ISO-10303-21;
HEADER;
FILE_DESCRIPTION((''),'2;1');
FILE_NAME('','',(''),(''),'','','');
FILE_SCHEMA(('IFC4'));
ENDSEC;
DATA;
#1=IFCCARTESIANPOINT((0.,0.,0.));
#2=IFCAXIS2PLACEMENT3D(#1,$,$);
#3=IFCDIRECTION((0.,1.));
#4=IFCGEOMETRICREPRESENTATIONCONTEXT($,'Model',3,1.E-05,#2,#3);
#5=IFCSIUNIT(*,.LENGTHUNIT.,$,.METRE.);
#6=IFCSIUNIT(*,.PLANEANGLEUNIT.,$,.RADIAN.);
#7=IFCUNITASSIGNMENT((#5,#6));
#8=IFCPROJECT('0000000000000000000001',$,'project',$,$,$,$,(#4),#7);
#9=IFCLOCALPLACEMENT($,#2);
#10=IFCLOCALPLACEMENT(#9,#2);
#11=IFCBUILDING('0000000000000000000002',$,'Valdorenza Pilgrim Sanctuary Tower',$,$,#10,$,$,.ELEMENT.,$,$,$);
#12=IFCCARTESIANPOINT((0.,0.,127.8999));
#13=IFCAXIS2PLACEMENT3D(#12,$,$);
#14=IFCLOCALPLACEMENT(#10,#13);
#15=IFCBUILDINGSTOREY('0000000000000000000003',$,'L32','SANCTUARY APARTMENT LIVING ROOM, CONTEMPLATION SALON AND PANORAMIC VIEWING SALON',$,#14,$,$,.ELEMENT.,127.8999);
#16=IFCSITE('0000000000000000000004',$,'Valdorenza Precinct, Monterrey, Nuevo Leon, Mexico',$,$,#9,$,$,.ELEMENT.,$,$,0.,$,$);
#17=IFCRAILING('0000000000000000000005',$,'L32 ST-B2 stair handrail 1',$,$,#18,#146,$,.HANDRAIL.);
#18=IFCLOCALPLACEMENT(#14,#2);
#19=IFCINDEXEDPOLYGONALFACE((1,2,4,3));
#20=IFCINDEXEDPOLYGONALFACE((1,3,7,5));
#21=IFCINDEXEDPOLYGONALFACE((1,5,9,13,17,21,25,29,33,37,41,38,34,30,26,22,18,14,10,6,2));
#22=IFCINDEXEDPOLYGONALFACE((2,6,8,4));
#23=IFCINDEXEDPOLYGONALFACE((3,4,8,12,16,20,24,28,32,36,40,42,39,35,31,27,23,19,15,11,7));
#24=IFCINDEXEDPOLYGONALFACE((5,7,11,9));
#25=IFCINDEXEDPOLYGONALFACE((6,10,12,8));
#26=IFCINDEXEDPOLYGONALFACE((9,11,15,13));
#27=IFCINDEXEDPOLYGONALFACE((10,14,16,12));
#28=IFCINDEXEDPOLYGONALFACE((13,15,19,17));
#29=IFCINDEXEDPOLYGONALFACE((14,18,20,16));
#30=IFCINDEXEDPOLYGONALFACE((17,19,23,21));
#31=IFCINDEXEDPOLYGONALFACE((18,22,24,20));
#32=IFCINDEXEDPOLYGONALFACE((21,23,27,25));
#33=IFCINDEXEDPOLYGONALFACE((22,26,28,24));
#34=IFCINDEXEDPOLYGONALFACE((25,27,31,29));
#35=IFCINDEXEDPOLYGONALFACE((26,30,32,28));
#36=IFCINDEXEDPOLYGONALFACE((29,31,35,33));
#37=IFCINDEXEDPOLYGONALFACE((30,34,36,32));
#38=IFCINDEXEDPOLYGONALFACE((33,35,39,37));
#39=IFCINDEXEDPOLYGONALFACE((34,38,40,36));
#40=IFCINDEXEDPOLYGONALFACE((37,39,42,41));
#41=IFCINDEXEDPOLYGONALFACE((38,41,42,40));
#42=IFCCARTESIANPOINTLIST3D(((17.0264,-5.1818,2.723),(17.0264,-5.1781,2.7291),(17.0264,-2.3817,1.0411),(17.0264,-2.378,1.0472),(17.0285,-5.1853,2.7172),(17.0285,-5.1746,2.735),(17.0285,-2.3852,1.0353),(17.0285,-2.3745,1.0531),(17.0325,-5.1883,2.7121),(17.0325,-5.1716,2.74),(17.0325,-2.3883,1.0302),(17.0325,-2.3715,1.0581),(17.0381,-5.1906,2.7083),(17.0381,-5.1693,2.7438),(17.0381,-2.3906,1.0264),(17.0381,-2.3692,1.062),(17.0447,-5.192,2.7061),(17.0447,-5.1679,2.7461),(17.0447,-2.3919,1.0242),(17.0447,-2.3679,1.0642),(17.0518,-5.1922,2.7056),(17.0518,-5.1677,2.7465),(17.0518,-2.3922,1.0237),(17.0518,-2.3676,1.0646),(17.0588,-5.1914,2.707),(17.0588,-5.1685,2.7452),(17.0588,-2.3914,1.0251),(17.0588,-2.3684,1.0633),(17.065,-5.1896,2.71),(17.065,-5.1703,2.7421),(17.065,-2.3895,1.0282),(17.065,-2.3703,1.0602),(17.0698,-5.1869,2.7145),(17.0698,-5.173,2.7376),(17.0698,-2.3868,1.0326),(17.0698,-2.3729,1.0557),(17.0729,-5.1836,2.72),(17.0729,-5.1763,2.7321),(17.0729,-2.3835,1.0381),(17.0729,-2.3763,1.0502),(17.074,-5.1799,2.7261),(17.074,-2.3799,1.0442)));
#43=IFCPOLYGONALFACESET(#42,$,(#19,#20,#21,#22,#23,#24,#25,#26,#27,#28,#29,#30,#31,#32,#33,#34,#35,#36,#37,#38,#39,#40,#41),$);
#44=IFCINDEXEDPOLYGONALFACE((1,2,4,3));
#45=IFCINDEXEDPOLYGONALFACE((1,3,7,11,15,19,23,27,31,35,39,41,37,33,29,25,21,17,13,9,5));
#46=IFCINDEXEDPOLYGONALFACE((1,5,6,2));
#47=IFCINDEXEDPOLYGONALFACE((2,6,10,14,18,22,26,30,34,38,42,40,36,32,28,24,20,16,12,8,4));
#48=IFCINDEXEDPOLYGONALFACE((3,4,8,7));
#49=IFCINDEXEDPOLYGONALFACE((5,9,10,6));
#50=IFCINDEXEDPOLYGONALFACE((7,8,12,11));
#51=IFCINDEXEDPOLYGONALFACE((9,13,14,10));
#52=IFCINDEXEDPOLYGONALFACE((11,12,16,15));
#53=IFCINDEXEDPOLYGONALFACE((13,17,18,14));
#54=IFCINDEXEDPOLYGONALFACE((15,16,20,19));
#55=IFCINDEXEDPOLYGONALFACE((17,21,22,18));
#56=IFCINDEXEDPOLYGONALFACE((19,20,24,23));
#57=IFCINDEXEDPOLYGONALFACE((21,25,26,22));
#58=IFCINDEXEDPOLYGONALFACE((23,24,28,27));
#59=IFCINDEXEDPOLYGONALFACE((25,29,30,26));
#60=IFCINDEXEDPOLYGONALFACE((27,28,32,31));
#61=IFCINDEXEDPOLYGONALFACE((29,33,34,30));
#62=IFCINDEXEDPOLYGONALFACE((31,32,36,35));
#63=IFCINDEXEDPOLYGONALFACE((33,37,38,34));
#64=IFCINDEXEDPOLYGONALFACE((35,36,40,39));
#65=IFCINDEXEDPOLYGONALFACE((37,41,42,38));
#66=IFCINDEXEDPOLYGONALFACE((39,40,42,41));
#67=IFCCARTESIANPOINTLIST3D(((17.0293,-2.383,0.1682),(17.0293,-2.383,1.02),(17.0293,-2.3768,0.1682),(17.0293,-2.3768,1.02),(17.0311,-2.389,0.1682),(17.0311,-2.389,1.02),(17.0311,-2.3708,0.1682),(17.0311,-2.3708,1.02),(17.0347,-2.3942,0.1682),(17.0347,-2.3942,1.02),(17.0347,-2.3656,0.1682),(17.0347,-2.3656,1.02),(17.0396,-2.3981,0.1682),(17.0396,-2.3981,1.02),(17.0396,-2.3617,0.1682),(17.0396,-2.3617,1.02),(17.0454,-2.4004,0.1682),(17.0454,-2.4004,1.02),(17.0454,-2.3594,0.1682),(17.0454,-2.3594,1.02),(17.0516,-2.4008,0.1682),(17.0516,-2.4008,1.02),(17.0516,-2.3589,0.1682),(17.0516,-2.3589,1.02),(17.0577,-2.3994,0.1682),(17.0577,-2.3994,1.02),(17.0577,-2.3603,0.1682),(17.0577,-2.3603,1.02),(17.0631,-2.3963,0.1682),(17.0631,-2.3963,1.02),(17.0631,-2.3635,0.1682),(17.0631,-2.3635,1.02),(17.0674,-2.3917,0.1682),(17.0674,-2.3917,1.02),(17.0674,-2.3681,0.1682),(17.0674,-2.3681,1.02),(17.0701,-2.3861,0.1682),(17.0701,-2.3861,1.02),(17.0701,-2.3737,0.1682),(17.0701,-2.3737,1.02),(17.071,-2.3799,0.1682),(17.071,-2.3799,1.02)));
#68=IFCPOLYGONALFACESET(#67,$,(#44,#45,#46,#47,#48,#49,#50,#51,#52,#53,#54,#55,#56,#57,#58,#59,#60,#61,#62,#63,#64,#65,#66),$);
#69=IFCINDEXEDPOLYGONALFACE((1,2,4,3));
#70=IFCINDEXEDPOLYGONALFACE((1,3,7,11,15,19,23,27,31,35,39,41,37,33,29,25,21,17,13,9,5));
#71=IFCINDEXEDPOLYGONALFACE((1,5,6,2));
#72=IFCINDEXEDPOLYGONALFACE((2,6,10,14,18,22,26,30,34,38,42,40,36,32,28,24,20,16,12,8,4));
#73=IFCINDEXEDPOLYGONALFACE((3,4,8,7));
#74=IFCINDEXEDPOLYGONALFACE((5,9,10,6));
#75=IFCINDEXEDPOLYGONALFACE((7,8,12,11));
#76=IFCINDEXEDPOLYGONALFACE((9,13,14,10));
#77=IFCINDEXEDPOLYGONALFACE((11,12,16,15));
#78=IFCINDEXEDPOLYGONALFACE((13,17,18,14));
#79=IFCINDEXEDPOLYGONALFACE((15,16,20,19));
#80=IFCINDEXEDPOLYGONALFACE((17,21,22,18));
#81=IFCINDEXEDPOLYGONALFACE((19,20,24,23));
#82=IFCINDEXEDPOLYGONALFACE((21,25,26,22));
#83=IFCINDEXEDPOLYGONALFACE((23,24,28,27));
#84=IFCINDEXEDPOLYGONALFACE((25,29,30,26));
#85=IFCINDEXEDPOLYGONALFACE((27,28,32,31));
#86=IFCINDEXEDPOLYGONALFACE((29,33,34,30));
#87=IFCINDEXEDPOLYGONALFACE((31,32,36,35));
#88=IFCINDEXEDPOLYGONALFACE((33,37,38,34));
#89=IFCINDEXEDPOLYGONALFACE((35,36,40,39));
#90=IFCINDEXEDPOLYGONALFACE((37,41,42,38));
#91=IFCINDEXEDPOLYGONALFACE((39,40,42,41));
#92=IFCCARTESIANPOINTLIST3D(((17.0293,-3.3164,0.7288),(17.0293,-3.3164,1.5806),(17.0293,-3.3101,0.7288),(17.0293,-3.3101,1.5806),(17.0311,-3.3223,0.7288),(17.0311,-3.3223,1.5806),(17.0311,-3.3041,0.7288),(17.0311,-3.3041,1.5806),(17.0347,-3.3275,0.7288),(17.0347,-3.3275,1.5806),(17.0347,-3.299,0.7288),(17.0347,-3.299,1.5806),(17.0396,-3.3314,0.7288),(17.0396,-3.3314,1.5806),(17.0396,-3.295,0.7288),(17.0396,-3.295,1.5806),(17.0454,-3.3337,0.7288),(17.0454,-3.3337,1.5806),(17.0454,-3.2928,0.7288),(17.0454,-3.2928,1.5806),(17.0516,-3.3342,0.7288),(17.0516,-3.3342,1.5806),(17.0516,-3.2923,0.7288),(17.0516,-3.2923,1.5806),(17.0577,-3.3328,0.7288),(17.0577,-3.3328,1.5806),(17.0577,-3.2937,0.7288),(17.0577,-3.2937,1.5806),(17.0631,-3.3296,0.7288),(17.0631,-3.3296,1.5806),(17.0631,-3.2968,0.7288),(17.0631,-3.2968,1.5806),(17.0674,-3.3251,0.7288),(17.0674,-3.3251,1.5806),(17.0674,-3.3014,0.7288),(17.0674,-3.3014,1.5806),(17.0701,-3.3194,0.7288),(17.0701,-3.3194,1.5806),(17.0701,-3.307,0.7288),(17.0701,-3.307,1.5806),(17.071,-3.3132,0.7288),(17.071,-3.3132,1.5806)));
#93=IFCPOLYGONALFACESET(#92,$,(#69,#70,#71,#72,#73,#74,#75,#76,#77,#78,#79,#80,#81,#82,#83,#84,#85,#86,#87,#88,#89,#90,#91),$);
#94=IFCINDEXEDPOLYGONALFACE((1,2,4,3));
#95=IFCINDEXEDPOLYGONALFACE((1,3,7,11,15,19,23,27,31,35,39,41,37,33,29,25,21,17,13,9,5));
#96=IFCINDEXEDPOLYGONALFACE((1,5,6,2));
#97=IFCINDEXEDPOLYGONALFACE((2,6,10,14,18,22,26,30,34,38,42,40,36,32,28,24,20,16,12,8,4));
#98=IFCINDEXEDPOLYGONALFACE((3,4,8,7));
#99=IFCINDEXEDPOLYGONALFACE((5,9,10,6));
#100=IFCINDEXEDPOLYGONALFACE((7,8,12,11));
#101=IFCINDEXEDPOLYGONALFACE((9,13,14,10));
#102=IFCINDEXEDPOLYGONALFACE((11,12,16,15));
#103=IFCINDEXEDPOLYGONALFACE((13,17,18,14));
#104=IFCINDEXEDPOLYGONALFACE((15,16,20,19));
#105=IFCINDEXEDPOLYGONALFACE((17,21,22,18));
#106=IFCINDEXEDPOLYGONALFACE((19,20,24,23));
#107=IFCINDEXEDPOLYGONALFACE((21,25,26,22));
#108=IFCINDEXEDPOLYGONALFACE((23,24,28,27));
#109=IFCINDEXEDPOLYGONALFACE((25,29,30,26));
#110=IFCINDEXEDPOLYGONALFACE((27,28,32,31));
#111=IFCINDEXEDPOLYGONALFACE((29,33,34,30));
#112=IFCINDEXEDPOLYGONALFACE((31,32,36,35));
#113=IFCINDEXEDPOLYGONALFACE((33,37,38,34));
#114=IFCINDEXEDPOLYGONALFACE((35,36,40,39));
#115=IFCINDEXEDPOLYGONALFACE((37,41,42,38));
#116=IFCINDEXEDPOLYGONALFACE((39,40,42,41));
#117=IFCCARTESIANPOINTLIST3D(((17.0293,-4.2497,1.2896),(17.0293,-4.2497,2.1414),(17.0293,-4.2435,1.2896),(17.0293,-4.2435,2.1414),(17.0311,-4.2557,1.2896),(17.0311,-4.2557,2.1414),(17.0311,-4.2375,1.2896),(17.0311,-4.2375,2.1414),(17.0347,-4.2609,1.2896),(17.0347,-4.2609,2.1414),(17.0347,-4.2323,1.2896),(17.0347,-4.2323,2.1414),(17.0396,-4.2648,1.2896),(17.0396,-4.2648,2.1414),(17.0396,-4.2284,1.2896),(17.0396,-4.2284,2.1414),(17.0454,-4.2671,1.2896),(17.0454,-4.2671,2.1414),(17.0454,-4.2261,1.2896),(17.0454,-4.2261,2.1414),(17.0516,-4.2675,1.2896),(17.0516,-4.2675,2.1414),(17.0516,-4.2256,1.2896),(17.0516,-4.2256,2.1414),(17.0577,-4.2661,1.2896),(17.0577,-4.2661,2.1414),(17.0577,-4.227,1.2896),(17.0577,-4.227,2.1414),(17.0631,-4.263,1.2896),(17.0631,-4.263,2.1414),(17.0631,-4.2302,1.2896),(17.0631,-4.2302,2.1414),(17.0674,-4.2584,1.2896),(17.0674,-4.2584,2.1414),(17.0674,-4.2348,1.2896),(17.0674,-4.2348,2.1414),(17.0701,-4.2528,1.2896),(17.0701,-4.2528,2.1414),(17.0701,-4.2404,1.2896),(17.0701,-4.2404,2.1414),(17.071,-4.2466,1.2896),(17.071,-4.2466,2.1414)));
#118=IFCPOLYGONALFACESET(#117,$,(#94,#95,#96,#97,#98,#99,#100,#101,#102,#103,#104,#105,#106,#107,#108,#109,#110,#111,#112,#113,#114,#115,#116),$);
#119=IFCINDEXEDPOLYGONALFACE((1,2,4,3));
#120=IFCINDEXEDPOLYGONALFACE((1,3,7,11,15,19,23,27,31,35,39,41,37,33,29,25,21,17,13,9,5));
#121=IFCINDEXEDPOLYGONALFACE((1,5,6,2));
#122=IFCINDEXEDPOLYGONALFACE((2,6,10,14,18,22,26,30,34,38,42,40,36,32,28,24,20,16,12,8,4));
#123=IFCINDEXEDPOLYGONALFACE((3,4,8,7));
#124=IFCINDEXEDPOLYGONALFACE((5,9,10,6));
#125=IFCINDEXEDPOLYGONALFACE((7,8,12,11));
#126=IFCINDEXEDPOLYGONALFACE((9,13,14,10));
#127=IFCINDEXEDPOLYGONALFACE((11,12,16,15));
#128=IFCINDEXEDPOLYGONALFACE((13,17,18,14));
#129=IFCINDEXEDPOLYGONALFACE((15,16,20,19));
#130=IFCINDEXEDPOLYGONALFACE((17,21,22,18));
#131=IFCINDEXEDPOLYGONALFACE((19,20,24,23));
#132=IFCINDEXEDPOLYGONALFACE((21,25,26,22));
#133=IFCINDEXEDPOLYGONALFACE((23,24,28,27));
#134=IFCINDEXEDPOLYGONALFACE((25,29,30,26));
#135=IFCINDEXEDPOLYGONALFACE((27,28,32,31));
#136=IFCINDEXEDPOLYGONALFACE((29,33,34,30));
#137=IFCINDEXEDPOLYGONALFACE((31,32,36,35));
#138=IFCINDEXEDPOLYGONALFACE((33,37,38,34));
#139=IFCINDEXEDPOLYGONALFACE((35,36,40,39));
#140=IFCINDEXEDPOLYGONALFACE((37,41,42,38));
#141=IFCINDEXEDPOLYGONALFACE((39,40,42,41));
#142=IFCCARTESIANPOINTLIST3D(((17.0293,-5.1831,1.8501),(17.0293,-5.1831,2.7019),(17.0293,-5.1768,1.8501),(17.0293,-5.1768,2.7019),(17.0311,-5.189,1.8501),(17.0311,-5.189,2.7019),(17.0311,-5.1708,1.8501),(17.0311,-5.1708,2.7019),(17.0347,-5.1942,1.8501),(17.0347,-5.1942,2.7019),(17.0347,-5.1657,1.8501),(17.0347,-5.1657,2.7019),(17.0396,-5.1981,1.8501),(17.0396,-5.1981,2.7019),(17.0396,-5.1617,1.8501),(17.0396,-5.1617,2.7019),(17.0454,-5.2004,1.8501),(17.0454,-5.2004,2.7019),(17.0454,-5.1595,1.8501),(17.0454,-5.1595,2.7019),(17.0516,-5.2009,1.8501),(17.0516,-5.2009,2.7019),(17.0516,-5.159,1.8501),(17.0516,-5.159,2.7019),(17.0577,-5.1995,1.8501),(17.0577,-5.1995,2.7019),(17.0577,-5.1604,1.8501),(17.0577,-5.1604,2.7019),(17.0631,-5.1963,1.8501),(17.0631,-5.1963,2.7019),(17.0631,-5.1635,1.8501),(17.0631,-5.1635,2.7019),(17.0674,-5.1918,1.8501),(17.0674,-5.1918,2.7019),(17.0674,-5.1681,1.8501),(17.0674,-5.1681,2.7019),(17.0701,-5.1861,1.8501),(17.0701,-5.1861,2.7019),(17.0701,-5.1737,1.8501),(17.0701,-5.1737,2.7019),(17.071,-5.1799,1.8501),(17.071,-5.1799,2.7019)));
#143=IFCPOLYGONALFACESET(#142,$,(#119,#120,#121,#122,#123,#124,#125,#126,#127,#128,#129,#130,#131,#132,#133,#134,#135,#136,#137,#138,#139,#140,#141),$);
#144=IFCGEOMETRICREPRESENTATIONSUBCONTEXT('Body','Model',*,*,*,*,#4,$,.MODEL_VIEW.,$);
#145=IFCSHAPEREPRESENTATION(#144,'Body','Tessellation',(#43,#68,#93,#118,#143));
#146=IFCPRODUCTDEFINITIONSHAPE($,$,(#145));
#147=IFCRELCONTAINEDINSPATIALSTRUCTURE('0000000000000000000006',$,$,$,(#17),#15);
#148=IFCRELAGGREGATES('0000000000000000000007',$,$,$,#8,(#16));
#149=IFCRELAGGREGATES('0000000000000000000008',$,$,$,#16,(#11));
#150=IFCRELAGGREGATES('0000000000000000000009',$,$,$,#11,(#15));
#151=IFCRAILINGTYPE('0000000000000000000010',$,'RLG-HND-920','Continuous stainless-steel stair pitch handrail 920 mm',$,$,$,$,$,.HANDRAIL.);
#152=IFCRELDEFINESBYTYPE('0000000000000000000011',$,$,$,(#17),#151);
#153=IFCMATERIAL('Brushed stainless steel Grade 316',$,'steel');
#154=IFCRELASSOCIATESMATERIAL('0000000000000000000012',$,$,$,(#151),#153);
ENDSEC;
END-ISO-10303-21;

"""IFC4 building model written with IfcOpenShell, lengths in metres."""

from ifc_helpers import new_model, si_unit, direction, frame, origin, origin_2d, place, context, subcontext, project, spatial, circle, extrude, material, type_object, element, save


model = new_model("IFC4")

# Units and contexts
model_context = context("Model", 3, precision=1e-05, world=origin(), true_north=direction((0.0, 1.0)))
body_context = subcontext(model_context, "Body", "Model", "MODEL_VIEW")
ifc_project = project(units=[si_unit("LENGTHUNIT", "METRE"), si_unit("PLANEANGLEUNIT", "RADIAN")], contexts=[model_context])

# Site, building, storey
site_placement = place(None, origin())
site = spatial("IfcSite", under=ifc_project, at=site_placement, Name="Valdorenza Precinct, Monterrey, Nuevo Leon, Mexico", CompositionType="ELEMENT", RefElevation=0.0)
building_placement = place(site_placement, origin())
building = spatial("IfcBuilding", under=site, at=building_placement, Name="Valdorenza Pilgrim Sanctuary Tower", CompositionType="ELEMENT")
storey_placement = place(building_placement, frame((0.0, 0.0, 127.8999)))
storey = spatial("IfcBuildingStorey", under=building, at=storey_placement, Name="L32", Description="SANCTUARY APARTMENT LIVING ROOM, CONTEMPLATION SALON AND PANORAMIC VIEWING SALON", CompositionType="ELEMENT", Elevation=127.8999)

# Railing
ifc_material_1 = material(Name="Brushed stainless steel Grade 316", Category="steel")
railing_type_1 = type_object("IfcRailingType", Name="RLG-HND-920", Description="Continuous stainless-steel stair pitch handrail 920 mm", PredefinedType="HANDRAIL", material=ifc_material_1)
railing_1_placement = place(storey_placement, frame((17.05, -2.3799, 0.1682)))
element("IfcRailing", 1, at=railing_1_placement, inside=storey, type_object=railing_type_1, Name="L32 ST-B2 stair handrail 1", PredefinedType="HANDRAIL", context=body_context, shape_type="SweptSolid", body=[
    extrude(circle(Radius=0.0239, at=origin_2d()), frame((0.0, 0.0, 0.876), z_axis=(0.0, -0.857242, 0.514913), x_axis=(1.0, 0.0, 0.0)), (0.0, 0.0, 1.0), 3.2664),
    extrude(circle(Radius=0.021, at=origin_2d()), origin(), (0.0, 0.0, 1.0), 0.8518),
    extrude(circle(Radius=0.021, at=origin_2d()), frame((0.0, -0.9333, 0.5605)), (0.0, 0.0, 1.0), 0.8518),
    extrude(circle(Radius=0.021, at=origin_2d()), frame((0.0, -1.8667, 1.1213)), (0.0, 0.0, 1.0), 0.8518),
    extrude(circle(Radius=0.021, at=origin_2d()), frame((0.0, -2.8, 1.6819)), (0.0, 0.0, 1.0), 0.8518),
])

save(model, "model.ifc")
